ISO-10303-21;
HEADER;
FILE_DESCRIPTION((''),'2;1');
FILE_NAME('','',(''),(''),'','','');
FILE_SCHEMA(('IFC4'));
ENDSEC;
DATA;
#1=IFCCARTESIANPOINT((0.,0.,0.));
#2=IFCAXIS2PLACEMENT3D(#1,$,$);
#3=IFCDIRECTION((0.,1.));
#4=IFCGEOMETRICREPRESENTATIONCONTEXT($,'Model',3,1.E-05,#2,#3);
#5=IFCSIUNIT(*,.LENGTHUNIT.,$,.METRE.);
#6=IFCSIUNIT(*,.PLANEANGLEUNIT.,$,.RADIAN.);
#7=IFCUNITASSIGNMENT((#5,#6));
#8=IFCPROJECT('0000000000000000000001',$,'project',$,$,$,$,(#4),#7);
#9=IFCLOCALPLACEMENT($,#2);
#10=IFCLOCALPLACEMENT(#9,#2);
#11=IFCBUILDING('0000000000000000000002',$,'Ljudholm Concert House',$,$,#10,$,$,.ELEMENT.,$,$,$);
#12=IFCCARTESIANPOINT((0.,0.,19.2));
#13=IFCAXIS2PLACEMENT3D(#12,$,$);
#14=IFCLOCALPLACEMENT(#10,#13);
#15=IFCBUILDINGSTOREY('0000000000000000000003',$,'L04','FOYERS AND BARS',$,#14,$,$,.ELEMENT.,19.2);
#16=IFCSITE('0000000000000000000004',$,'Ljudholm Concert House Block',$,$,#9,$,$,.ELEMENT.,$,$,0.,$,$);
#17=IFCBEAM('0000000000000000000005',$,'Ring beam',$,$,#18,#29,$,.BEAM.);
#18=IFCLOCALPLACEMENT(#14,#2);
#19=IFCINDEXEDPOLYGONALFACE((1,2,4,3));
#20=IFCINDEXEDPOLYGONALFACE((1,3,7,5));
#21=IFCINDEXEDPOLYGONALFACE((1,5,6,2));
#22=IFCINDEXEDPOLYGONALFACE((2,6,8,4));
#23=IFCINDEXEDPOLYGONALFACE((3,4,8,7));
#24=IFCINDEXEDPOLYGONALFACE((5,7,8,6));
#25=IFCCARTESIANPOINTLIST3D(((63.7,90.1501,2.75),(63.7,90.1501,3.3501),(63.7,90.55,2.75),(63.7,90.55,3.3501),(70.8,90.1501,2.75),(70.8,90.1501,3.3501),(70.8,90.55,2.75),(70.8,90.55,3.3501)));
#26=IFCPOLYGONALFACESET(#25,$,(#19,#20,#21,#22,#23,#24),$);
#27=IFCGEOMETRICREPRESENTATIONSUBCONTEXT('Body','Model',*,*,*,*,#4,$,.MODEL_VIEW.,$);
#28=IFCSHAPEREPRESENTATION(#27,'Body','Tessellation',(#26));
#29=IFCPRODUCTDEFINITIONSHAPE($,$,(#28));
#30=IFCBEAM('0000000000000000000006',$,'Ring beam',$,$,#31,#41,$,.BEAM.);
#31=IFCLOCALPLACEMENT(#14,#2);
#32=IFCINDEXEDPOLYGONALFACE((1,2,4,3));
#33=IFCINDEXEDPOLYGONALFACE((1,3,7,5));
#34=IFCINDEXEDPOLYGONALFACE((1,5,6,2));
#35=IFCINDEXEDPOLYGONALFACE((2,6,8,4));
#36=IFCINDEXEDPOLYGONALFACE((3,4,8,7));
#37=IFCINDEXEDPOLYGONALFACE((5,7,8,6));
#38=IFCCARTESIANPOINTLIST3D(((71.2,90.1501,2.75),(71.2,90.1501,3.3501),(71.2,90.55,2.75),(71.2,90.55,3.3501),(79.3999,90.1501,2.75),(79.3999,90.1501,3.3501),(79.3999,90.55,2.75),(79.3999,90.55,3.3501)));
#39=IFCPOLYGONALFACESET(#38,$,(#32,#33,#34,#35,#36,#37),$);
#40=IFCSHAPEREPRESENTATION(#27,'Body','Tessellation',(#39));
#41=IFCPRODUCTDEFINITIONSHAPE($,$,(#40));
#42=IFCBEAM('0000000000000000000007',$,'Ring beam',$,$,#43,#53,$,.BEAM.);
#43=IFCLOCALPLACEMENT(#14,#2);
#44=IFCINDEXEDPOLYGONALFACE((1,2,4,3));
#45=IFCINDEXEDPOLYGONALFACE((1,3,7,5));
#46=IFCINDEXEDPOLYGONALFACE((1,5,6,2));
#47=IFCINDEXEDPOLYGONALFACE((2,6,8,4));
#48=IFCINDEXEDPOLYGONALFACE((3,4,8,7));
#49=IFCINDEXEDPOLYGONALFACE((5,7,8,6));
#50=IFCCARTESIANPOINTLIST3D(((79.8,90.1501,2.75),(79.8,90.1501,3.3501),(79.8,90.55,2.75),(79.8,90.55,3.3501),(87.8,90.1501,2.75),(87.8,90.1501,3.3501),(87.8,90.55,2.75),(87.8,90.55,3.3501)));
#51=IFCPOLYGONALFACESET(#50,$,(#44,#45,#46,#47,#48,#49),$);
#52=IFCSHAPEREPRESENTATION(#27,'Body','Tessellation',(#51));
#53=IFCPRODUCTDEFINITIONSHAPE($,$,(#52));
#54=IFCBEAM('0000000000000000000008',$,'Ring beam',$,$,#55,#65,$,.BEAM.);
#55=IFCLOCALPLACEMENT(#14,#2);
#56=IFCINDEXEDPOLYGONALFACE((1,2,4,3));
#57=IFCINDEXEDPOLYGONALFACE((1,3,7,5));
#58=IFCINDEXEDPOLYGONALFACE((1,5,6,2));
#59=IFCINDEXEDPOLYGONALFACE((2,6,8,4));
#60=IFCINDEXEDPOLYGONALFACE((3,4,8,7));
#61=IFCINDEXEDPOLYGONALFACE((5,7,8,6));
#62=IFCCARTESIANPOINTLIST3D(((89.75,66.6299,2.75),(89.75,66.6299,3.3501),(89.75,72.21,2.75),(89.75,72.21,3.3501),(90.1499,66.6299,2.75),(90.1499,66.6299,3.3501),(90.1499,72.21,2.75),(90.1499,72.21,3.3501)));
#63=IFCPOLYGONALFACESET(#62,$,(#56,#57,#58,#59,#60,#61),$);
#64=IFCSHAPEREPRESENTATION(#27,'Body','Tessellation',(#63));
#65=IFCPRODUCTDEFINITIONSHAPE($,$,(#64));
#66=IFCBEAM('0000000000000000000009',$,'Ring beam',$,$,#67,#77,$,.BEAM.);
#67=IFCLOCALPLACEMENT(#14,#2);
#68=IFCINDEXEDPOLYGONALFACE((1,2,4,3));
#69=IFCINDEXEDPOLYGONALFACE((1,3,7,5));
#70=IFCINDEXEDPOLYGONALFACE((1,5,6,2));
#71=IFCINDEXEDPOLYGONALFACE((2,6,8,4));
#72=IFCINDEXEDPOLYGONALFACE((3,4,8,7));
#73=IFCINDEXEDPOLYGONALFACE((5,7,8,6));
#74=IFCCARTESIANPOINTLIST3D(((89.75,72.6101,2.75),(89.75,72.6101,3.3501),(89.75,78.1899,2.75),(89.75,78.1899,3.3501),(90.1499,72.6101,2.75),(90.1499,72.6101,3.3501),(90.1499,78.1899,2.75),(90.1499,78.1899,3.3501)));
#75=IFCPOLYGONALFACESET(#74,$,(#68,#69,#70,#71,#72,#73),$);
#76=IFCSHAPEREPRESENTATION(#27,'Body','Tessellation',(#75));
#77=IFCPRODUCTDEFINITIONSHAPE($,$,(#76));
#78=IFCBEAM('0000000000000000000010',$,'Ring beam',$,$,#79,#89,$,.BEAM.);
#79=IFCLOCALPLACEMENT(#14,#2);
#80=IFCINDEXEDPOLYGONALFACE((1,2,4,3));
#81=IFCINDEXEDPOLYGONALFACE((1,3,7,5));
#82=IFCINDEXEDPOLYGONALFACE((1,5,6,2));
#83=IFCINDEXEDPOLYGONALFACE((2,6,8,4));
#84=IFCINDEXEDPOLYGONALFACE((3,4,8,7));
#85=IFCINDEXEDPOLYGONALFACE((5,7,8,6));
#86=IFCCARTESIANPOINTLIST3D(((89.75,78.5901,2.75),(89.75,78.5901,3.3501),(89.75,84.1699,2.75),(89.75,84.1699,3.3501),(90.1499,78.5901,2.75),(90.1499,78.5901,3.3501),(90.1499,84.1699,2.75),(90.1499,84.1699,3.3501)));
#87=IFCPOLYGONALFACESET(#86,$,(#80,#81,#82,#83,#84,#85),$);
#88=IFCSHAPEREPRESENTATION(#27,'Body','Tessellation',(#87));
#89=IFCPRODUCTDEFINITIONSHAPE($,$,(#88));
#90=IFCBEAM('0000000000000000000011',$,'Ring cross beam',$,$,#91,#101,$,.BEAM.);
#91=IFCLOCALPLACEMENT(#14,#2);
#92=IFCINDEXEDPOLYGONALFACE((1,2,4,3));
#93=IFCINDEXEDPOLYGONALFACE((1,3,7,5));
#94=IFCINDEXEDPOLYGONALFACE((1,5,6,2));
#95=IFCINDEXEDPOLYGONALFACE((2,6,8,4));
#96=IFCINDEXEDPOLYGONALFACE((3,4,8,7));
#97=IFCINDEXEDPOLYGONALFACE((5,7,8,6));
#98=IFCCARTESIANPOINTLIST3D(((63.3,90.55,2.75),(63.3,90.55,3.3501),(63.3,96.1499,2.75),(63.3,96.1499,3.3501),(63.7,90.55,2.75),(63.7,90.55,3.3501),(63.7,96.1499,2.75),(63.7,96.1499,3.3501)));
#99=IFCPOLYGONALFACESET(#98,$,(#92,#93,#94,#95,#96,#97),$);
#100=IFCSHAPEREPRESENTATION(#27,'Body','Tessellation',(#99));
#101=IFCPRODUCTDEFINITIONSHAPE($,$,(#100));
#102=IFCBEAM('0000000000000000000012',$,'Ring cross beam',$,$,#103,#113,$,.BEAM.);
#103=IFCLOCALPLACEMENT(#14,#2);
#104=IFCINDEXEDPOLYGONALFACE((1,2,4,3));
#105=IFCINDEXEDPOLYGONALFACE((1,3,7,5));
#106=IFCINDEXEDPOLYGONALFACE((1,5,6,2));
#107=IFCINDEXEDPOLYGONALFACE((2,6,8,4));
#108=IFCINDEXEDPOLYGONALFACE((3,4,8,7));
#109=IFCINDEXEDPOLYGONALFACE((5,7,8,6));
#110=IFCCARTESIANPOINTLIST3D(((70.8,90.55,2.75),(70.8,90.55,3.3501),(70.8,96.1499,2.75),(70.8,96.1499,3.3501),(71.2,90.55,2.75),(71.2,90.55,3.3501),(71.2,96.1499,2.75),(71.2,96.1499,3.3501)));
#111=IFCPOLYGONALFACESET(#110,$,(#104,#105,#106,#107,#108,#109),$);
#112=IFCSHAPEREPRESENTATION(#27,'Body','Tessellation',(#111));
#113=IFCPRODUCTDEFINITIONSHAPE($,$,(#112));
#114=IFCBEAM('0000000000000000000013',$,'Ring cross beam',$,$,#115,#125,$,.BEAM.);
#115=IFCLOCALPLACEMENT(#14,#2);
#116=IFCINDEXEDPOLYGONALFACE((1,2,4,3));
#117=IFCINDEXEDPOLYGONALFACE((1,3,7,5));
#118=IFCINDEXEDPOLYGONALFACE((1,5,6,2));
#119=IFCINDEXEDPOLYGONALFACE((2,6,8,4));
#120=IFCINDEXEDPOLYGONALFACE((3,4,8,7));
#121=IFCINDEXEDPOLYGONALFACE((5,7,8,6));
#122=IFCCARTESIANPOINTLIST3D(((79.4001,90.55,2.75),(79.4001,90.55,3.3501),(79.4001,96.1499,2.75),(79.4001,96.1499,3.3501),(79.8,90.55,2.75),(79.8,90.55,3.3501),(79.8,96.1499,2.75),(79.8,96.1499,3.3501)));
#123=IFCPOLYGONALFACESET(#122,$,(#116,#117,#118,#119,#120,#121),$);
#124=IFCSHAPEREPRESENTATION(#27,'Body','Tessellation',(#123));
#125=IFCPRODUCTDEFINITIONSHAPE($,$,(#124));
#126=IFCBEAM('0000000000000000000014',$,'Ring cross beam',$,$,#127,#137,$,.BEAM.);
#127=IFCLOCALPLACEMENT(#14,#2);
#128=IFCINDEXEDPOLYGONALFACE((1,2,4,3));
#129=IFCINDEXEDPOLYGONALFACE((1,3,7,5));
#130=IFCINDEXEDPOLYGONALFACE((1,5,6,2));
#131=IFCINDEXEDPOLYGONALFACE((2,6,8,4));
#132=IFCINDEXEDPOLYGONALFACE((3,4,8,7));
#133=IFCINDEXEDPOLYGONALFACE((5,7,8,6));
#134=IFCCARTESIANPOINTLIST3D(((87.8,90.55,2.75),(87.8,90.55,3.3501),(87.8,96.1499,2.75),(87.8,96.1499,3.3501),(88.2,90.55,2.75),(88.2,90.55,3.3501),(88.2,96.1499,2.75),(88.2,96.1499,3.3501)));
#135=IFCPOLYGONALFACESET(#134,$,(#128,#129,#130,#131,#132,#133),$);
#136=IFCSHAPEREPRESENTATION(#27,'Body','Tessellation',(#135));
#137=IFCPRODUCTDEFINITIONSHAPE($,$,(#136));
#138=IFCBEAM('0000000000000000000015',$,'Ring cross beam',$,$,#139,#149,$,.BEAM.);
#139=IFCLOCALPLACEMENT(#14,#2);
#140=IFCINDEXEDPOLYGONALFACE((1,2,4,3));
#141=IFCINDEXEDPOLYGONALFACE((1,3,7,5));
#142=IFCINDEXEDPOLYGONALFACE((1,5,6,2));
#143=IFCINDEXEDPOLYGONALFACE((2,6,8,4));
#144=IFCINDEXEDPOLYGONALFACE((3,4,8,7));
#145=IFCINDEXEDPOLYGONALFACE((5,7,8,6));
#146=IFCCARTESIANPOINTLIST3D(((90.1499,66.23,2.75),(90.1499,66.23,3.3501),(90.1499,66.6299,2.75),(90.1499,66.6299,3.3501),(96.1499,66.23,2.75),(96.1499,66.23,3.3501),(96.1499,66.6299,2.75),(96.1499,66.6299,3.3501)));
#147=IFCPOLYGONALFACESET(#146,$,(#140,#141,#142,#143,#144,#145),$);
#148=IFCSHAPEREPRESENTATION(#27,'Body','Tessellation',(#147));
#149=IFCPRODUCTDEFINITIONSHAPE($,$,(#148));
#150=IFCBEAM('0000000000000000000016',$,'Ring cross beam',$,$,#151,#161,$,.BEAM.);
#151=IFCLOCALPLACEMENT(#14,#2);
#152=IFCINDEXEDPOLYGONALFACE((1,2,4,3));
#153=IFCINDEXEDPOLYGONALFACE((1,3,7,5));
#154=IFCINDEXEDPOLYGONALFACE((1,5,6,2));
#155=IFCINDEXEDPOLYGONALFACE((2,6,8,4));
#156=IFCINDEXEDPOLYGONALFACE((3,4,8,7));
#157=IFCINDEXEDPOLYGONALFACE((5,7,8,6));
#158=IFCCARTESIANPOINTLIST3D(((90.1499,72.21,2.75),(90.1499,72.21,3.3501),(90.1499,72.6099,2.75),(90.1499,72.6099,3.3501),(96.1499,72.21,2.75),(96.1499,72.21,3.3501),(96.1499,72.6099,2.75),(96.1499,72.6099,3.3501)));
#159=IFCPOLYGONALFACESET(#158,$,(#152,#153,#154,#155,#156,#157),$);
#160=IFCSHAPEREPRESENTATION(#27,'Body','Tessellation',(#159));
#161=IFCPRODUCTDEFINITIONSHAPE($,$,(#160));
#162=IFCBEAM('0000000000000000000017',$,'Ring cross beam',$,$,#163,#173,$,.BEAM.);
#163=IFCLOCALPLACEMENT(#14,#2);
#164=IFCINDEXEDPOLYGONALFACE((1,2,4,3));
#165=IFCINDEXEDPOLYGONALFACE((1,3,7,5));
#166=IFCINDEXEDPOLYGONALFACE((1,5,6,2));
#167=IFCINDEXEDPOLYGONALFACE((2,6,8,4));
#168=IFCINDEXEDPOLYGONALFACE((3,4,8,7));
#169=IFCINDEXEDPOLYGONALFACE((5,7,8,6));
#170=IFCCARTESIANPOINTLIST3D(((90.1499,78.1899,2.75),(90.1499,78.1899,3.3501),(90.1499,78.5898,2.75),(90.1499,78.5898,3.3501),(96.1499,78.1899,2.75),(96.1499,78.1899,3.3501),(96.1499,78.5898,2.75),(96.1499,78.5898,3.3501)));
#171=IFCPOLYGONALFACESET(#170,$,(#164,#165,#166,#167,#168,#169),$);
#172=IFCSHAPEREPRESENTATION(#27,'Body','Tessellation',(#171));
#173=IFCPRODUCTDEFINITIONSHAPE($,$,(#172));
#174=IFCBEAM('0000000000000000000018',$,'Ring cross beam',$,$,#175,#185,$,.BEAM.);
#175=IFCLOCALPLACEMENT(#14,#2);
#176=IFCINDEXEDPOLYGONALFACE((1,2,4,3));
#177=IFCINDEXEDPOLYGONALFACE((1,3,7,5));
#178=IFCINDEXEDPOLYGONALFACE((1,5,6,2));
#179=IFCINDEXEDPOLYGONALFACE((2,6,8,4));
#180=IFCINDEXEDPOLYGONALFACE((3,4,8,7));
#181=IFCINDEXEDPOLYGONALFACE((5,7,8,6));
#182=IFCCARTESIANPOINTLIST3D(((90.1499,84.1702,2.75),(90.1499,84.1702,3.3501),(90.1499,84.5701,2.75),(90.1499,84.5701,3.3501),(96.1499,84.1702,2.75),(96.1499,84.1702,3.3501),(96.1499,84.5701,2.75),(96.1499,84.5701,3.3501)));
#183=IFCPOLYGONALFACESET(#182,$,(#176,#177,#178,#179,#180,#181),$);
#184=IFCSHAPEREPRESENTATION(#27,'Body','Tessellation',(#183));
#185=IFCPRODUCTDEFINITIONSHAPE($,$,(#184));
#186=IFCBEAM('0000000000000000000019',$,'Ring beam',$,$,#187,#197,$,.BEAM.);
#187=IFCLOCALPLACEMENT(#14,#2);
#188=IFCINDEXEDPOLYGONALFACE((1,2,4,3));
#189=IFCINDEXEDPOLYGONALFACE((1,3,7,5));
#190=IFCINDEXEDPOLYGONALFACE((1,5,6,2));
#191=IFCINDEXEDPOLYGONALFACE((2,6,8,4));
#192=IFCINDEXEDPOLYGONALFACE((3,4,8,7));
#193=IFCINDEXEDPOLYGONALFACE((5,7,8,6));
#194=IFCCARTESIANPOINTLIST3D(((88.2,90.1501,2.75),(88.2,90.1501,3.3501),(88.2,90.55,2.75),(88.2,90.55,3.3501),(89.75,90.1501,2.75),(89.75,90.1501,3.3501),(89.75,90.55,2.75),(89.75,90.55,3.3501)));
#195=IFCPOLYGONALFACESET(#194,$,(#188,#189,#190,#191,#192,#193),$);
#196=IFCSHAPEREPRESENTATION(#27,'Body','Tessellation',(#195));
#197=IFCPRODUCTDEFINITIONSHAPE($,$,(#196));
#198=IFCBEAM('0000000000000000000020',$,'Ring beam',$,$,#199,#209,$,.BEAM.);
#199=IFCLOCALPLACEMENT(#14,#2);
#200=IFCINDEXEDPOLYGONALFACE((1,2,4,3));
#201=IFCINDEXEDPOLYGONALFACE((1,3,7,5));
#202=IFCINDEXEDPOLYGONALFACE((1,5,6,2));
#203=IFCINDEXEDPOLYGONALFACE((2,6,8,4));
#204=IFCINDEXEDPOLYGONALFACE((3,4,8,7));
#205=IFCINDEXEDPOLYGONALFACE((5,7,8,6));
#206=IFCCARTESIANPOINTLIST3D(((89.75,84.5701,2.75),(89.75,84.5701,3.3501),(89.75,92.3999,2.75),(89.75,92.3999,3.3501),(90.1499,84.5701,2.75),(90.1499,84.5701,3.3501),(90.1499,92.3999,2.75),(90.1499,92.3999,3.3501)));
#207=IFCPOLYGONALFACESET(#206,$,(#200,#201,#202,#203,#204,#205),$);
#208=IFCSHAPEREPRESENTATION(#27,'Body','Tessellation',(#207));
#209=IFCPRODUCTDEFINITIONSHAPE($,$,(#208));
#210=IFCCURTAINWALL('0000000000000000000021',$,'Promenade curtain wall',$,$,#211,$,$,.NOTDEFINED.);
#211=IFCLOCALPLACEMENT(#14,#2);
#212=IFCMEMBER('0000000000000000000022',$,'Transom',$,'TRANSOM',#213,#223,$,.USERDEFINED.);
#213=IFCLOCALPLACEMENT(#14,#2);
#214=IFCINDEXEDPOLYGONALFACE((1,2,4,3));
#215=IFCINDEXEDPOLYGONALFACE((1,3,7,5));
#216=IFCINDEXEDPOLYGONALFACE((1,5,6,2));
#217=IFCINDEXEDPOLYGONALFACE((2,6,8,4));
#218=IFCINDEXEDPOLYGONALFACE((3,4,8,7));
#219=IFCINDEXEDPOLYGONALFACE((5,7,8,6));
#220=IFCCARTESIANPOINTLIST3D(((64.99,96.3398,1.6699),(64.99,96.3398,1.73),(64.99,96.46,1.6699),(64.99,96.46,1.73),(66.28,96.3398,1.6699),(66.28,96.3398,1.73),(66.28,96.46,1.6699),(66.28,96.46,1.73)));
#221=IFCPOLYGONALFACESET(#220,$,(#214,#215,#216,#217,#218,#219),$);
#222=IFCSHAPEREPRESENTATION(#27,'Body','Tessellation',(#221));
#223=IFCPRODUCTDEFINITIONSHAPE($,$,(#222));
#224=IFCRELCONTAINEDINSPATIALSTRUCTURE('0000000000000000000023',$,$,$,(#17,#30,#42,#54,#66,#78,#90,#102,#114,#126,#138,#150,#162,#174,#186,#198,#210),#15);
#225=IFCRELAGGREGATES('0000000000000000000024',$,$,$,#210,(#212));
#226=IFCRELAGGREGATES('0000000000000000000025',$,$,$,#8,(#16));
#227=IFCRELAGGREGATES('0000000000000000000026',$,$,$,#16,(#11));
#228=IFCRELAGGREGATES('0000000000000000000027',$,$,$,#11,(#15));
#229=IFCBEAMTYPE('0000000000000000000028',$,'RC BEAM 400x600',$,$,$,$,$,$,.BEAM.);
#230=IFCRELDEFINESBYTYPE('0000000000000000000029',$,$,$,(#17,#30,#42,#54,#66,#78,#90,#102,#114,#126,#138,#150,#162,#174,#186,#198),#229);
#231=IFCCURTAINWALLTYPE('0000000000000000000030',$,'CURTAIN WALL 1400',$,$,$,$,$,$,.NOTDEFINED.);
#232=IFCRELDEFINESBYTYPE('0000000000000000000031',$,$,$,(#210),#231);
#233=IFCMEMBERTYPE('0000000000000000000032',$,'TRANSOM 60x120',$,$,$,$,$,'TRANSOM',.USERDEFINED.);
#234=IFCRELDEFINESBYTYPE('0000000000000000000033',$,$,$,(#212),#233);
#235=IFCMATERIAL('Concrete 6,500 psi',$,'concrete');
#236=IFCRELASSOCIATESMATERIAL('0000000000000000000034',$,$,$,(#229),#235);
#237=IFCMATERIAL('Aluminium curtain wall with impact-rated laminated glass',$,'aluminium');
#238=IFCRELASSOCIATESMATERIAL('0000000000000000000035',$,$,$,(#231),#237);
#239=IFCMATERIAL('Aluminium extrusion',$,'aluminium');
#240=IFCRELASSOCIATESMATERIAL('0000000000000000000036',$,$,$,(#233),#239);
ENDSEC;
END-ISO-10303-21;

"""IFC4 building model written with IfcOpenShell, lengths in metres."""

from ifc_helpers import new_model, si_unit, direction, frame, origin, origin_2d, place, context, subcontext, project, spatial, rectangle, extrude, material, material_profile, profile_set, type_object, element, aggregate, save


model = new_model("IFC4")

# Units and contexts
model_context = context("Model", 3, precision=1e-05, world=origin(), true_north=direction((0.0, 1.0)))
body_context = subcontext(model_context, "Body", "Model", "MODEL_VIEW")
ifc_project = project(units=[si_unit("LENGTHUNIT", "METRE"), si_unit("PLANEANGLEUNIT", "RADIAN")], contexts=[model_context])

# Site, building, storey
site_placement = place(None, origin())
site = spatial("IfcSite", under=ifc_project, at=site_placement, Name="Ljudholm Concert House Block", CompositionType="ELEMENT", RefElevation=0.0)
building_placement = place(site_placement, origin())
building = spatial("IfcBuilding", under=site, at=building_placement, Name="Ljudholm Concert House", CompositionType="ELEMENT")
storey_placement = place(building_placement, frame((0.0, 0.0, 19.2)))
storey = spatial("IfcBuildingStorey", under=building, at=storey_placement, Name="L04", Description="FOYERS AND BARS", CompositionType="ELEMENT", Elevation=19.2)

# Beams
ifc_material_1 = material(Name="Concrete 6,500 psi", Category="concrete")
ifc_material_profile_1 = material_profile(ifc_material_1, rectangle(XDim=0.3999, YDim=0.6001, at=origin_2d()), Name="RC BEAM 400x600")
ifc_profile_set_1 = profile_set([ifc_material_profile_1], Name="Concrete 6,500 psi")
beam_type = type_object("IfcBeamType", Name="RC BEAM 400x600", PredefinedType="BEAM", material=ifc_profile_set_1)
beam_1_placement = place(storey_placement, frame((63.7, 90.3501, 3.05), z_axis=(1.0, 0.0, 0.0), x_axis=(0.0, 1.0, 0.0)))
element("IfcBeam", 1, at=beam_1_placement, inside=storey, type_object=beam_type, Name="Ring beam", PredefinedType="BEAM", context=body_context, shape_type="SweptSolid", body=[
    extrude(rectangle(XDim=0.3999, YDim=0.6001, at=origin_2d()), origin(), (0.0, 0.0, 1.0), 7.1001),
])
beam_2_placement = place(storey_placement, frame((71.2, 90.3501, 3.05), z_axis=(1.0, 0.0, 0.0), x_axis=(0.0, 1.0, 0.0)))
element("IfcBeam", 2, at=beam_2_placement, inside=storey, type_object=beam_type, Name="Ring beam", PredefinedType="BEAM", context=body_context, shape_type="SweptSolid", body=[
    extrude(rectangle(XDim=0.3999, YDim=0.6001, at=origin_2d()), origin(), (0.0, 0.0, 1.0), 8.2),
])
beam_3_placement = place(storey_placement, frame((79.8, 90.3501, 3.05), z_axis=(1.0, 0.0, 0.0), x_axis=(0.0, 1.0, 0.0)))
element("IfcBeam", 3, at=beam_3_placement, inside=storey, type_object=beam_type, Name="Ring beam", PredefinedType="BEAM", context=body_context, shape_type="SweptSolid", body=[
    extrude(rectangle(XDim=0.3999, YDim=0.6001, at=origin_2d()), origin(), (0.0, 0.0, 1.0), 8.0),
])
beam_4_placement = place(storey_placement, frame((89.95, 66.6299, 3.05), z_axis=(0.0, 1.0, 0.0), x_axis=(-1.0, 0.0, 0.0)))
element("IfcBeam", 4, at=beam_4_placement, inside=storey, type_object=beam_type, Name="Ring beam", PredefinedType="BEAM", context=body_context, shape_type="SweptSolid", body=[
    extrude(rectangle(XDim=0.3999, YDim=0.6001, at=origin_2d()), origin(), (0.0, 0.0, 1.0), 5.5801),
])
for number, where, z_axis, x_axis, name in (
    (5, (89.95, 72.6101, 3.05), (0.0, 1.0, 0.0), (-1.0, 0.0, 0.0), "Ring beam"),
    (6, (89.95, 78.5901, 3.05), (0.0, 1.0, 0.0), (-1.0, 0.0, 0.0), "Ring beam"),
):
    element("IfcBeam", number, at=place(storey_placement, frame(where, z_axis=z_axis, x_axis=x_axis)), inside=storey, type_object=beam_type, Name=name, PredefinedType="BEAM", context=body_context, shape_type="SweptSolid", body=[
        extrude(rectangle(XDim=0.3999, YDim=0.6001, at=origin_2d()), origin(), (0.0, 0.0, 1.0), 5.5798),
    ])
for number, where, z_axis, x_axis, name in (
    (7, (63.5, 90.55, 3.05), (0.0, 1.0, 0.0), (-1.0, 0.0, 0.0), "Ring cross beam"),
    (8, (71.0, 90.55, 3.05), (0.0, 1.0, 0.0), (-1.0, 0.0, 0.0), "Ring cross beam"),
    (9, (79.6001, 90.55, 3.05), (0.0, 1.0, 0.0), (-1.0, 0.0, 0.0), "Ring cross beam"),
    (10, (88.0, 90.55, 3.05), (0.0, 1.0, 0.0), (-1.0, 0.0, 0.0), "Ring cross beam"),
):
    element("IfcBeam", number, at=place(storey_placement, frame(where, z_axis=z_axis, x_axis=x_axis)), inside=storey, type_object=beam_type, Name=name, PredefinedType="BEAM", context=body_context, shape_type="SweptSolid", body=[
        extrude(rectangle(XDim=0.3999, YDim=0.6001, at=origin_2d()), origin(), (0.0, 0.0, 1.0), 5.5999),
    ])
for number, where, z_axis, x_axis, name in (
    (11, (90.1499, 66.4299, 3.05), (1.0, 0.0, 0.0), (0.0, 1.0, 0.0), "Ring cross beam"),
    (12, (90.1499, 72.4099, 3.05), (1.0, 0.0, 0.0), (0.0, 1.0, 0.0), "Ring cross beam"),
    (13, (90.1499, 78.3899, 3.05), (1.0, 0.0, 0.0), (0.0, 1.0, 0.0), "Ring cross beam"),
    (14, (90.1499, 84.3701, 3.05), (1.0, 0.0, 0.0), (0.0, 1.0, 0.0), "Ring cross beam"),
):
    element("IfcBeam", number, at=place(storey_placement, frame(where, z_axis=z_axis, x_axis=x_axis)), inside=storey, type_object=beam_type, Name=name, PredefinedType="BEAM", context=body_context, shape_type="SweptSolid", body=[
        extrude(rectangle(XDim=0.3999, YDim=0.6001, at=origin_2d()), origin(), (0.0, 0.0, 1.0), 6.0),
    ])
beam_5_placement = place(storey_placement, frame((88.2, 90.3501, 3.05), z_axis=(1.0, 0.0, 0.0), x_axis=(0.0, 1.0, 0.0)))
element("IfcBeam", 15, at=beam_5_placement, inside=storey, type_object=beam_type, Name="Ring beam", PredefinedType="BEAM", context=body_context, shape_type="SweptSolid", body=[
    extrude(rectangle(XDim=0.3999, YDim=0.6001, at=origin_2d()), origin(), (0.0, 0.0, 1.0), 1.55),
])
beam_6_placement = place(storey_placement, frame((89.95, 84.5701, 3.05), z_axis=(0.0, 1.0, 0.0), x_axis=(-1.0, 0.0, 0.0)))
element("IfcBeam", 16, at=beam_6_placement, inside=storey, type_object=beam_type, Name="Ring beam", PredefinedType="BEAM", context=body_context, shape_type="SweptSolid", body=[
    extrude(rectangle(XDim=0.3999, YDim=0.6001, at=origin_2d()), origin(), (0.0, 0.0, 1.0), 7.8298),
])

# Curtain wall, member
ifc_material_2 = material(Name="Aluminium curtain wall with impact-rated laminated glass", Category="aluminium")
curtain_wall_type = type_object("IfcCurtainWallType", Name="CURTAIN WALL 1400", PredefinedType="NOTDEFINED", material=ifc_material_2)
curtain_wall_1_placement = place(storey_placement, origin())
curtain_wall_1 = element("IfcCurtainWall", 17, at=curtain_wall_1_placement, inside=storey, type_object=curtain_wall_type, Name="Promenade curtain wall", PredefinedType="NOTDEFINED")
ifc_material_3 = material(Name="Aluminium extrusion", Category="aluminium")
ifc_material_profile_2 = material_profile(ifc_material_3, rectangle(XDim=0.1201, YDim=0.0601, at=origin_2d()), Name="TRANSOM 60x120")
ifc_profile_set_2 = profile_set([ifc_material_profile_2], Name="Aluminium extrusion")
member_type = type_object("IfcMemberType", Name="TRANSOM 60x120", ElementType="TRANSOM", PredefinedType="USERDEFINED", material=ifc_profile_set_2)
member_1_placement = place(storey_placement, frame((64.99, 96.3999, 1.7), z_axis=(1.0, 0.0, 0.0), x_axis=(0.0, 1.0, 0.0)))
member_1 = element("IfcMember", 18, at=member_1_placement, type_object=member_type, Name="Transom", ObjectType="TRANSOM", PredefinedType="USERDEFINED", context=body_context, shape_type="SweptSolid", body=[
    extrude(rectangle(XDim=0.1201, YDim=0.0601, at=origin_2d()), origin(), (0.0, 0.0, 1.0), 1.29),
])
aggregate(curtain_wall_1, [member_1])

save(model, "model.ifc")
